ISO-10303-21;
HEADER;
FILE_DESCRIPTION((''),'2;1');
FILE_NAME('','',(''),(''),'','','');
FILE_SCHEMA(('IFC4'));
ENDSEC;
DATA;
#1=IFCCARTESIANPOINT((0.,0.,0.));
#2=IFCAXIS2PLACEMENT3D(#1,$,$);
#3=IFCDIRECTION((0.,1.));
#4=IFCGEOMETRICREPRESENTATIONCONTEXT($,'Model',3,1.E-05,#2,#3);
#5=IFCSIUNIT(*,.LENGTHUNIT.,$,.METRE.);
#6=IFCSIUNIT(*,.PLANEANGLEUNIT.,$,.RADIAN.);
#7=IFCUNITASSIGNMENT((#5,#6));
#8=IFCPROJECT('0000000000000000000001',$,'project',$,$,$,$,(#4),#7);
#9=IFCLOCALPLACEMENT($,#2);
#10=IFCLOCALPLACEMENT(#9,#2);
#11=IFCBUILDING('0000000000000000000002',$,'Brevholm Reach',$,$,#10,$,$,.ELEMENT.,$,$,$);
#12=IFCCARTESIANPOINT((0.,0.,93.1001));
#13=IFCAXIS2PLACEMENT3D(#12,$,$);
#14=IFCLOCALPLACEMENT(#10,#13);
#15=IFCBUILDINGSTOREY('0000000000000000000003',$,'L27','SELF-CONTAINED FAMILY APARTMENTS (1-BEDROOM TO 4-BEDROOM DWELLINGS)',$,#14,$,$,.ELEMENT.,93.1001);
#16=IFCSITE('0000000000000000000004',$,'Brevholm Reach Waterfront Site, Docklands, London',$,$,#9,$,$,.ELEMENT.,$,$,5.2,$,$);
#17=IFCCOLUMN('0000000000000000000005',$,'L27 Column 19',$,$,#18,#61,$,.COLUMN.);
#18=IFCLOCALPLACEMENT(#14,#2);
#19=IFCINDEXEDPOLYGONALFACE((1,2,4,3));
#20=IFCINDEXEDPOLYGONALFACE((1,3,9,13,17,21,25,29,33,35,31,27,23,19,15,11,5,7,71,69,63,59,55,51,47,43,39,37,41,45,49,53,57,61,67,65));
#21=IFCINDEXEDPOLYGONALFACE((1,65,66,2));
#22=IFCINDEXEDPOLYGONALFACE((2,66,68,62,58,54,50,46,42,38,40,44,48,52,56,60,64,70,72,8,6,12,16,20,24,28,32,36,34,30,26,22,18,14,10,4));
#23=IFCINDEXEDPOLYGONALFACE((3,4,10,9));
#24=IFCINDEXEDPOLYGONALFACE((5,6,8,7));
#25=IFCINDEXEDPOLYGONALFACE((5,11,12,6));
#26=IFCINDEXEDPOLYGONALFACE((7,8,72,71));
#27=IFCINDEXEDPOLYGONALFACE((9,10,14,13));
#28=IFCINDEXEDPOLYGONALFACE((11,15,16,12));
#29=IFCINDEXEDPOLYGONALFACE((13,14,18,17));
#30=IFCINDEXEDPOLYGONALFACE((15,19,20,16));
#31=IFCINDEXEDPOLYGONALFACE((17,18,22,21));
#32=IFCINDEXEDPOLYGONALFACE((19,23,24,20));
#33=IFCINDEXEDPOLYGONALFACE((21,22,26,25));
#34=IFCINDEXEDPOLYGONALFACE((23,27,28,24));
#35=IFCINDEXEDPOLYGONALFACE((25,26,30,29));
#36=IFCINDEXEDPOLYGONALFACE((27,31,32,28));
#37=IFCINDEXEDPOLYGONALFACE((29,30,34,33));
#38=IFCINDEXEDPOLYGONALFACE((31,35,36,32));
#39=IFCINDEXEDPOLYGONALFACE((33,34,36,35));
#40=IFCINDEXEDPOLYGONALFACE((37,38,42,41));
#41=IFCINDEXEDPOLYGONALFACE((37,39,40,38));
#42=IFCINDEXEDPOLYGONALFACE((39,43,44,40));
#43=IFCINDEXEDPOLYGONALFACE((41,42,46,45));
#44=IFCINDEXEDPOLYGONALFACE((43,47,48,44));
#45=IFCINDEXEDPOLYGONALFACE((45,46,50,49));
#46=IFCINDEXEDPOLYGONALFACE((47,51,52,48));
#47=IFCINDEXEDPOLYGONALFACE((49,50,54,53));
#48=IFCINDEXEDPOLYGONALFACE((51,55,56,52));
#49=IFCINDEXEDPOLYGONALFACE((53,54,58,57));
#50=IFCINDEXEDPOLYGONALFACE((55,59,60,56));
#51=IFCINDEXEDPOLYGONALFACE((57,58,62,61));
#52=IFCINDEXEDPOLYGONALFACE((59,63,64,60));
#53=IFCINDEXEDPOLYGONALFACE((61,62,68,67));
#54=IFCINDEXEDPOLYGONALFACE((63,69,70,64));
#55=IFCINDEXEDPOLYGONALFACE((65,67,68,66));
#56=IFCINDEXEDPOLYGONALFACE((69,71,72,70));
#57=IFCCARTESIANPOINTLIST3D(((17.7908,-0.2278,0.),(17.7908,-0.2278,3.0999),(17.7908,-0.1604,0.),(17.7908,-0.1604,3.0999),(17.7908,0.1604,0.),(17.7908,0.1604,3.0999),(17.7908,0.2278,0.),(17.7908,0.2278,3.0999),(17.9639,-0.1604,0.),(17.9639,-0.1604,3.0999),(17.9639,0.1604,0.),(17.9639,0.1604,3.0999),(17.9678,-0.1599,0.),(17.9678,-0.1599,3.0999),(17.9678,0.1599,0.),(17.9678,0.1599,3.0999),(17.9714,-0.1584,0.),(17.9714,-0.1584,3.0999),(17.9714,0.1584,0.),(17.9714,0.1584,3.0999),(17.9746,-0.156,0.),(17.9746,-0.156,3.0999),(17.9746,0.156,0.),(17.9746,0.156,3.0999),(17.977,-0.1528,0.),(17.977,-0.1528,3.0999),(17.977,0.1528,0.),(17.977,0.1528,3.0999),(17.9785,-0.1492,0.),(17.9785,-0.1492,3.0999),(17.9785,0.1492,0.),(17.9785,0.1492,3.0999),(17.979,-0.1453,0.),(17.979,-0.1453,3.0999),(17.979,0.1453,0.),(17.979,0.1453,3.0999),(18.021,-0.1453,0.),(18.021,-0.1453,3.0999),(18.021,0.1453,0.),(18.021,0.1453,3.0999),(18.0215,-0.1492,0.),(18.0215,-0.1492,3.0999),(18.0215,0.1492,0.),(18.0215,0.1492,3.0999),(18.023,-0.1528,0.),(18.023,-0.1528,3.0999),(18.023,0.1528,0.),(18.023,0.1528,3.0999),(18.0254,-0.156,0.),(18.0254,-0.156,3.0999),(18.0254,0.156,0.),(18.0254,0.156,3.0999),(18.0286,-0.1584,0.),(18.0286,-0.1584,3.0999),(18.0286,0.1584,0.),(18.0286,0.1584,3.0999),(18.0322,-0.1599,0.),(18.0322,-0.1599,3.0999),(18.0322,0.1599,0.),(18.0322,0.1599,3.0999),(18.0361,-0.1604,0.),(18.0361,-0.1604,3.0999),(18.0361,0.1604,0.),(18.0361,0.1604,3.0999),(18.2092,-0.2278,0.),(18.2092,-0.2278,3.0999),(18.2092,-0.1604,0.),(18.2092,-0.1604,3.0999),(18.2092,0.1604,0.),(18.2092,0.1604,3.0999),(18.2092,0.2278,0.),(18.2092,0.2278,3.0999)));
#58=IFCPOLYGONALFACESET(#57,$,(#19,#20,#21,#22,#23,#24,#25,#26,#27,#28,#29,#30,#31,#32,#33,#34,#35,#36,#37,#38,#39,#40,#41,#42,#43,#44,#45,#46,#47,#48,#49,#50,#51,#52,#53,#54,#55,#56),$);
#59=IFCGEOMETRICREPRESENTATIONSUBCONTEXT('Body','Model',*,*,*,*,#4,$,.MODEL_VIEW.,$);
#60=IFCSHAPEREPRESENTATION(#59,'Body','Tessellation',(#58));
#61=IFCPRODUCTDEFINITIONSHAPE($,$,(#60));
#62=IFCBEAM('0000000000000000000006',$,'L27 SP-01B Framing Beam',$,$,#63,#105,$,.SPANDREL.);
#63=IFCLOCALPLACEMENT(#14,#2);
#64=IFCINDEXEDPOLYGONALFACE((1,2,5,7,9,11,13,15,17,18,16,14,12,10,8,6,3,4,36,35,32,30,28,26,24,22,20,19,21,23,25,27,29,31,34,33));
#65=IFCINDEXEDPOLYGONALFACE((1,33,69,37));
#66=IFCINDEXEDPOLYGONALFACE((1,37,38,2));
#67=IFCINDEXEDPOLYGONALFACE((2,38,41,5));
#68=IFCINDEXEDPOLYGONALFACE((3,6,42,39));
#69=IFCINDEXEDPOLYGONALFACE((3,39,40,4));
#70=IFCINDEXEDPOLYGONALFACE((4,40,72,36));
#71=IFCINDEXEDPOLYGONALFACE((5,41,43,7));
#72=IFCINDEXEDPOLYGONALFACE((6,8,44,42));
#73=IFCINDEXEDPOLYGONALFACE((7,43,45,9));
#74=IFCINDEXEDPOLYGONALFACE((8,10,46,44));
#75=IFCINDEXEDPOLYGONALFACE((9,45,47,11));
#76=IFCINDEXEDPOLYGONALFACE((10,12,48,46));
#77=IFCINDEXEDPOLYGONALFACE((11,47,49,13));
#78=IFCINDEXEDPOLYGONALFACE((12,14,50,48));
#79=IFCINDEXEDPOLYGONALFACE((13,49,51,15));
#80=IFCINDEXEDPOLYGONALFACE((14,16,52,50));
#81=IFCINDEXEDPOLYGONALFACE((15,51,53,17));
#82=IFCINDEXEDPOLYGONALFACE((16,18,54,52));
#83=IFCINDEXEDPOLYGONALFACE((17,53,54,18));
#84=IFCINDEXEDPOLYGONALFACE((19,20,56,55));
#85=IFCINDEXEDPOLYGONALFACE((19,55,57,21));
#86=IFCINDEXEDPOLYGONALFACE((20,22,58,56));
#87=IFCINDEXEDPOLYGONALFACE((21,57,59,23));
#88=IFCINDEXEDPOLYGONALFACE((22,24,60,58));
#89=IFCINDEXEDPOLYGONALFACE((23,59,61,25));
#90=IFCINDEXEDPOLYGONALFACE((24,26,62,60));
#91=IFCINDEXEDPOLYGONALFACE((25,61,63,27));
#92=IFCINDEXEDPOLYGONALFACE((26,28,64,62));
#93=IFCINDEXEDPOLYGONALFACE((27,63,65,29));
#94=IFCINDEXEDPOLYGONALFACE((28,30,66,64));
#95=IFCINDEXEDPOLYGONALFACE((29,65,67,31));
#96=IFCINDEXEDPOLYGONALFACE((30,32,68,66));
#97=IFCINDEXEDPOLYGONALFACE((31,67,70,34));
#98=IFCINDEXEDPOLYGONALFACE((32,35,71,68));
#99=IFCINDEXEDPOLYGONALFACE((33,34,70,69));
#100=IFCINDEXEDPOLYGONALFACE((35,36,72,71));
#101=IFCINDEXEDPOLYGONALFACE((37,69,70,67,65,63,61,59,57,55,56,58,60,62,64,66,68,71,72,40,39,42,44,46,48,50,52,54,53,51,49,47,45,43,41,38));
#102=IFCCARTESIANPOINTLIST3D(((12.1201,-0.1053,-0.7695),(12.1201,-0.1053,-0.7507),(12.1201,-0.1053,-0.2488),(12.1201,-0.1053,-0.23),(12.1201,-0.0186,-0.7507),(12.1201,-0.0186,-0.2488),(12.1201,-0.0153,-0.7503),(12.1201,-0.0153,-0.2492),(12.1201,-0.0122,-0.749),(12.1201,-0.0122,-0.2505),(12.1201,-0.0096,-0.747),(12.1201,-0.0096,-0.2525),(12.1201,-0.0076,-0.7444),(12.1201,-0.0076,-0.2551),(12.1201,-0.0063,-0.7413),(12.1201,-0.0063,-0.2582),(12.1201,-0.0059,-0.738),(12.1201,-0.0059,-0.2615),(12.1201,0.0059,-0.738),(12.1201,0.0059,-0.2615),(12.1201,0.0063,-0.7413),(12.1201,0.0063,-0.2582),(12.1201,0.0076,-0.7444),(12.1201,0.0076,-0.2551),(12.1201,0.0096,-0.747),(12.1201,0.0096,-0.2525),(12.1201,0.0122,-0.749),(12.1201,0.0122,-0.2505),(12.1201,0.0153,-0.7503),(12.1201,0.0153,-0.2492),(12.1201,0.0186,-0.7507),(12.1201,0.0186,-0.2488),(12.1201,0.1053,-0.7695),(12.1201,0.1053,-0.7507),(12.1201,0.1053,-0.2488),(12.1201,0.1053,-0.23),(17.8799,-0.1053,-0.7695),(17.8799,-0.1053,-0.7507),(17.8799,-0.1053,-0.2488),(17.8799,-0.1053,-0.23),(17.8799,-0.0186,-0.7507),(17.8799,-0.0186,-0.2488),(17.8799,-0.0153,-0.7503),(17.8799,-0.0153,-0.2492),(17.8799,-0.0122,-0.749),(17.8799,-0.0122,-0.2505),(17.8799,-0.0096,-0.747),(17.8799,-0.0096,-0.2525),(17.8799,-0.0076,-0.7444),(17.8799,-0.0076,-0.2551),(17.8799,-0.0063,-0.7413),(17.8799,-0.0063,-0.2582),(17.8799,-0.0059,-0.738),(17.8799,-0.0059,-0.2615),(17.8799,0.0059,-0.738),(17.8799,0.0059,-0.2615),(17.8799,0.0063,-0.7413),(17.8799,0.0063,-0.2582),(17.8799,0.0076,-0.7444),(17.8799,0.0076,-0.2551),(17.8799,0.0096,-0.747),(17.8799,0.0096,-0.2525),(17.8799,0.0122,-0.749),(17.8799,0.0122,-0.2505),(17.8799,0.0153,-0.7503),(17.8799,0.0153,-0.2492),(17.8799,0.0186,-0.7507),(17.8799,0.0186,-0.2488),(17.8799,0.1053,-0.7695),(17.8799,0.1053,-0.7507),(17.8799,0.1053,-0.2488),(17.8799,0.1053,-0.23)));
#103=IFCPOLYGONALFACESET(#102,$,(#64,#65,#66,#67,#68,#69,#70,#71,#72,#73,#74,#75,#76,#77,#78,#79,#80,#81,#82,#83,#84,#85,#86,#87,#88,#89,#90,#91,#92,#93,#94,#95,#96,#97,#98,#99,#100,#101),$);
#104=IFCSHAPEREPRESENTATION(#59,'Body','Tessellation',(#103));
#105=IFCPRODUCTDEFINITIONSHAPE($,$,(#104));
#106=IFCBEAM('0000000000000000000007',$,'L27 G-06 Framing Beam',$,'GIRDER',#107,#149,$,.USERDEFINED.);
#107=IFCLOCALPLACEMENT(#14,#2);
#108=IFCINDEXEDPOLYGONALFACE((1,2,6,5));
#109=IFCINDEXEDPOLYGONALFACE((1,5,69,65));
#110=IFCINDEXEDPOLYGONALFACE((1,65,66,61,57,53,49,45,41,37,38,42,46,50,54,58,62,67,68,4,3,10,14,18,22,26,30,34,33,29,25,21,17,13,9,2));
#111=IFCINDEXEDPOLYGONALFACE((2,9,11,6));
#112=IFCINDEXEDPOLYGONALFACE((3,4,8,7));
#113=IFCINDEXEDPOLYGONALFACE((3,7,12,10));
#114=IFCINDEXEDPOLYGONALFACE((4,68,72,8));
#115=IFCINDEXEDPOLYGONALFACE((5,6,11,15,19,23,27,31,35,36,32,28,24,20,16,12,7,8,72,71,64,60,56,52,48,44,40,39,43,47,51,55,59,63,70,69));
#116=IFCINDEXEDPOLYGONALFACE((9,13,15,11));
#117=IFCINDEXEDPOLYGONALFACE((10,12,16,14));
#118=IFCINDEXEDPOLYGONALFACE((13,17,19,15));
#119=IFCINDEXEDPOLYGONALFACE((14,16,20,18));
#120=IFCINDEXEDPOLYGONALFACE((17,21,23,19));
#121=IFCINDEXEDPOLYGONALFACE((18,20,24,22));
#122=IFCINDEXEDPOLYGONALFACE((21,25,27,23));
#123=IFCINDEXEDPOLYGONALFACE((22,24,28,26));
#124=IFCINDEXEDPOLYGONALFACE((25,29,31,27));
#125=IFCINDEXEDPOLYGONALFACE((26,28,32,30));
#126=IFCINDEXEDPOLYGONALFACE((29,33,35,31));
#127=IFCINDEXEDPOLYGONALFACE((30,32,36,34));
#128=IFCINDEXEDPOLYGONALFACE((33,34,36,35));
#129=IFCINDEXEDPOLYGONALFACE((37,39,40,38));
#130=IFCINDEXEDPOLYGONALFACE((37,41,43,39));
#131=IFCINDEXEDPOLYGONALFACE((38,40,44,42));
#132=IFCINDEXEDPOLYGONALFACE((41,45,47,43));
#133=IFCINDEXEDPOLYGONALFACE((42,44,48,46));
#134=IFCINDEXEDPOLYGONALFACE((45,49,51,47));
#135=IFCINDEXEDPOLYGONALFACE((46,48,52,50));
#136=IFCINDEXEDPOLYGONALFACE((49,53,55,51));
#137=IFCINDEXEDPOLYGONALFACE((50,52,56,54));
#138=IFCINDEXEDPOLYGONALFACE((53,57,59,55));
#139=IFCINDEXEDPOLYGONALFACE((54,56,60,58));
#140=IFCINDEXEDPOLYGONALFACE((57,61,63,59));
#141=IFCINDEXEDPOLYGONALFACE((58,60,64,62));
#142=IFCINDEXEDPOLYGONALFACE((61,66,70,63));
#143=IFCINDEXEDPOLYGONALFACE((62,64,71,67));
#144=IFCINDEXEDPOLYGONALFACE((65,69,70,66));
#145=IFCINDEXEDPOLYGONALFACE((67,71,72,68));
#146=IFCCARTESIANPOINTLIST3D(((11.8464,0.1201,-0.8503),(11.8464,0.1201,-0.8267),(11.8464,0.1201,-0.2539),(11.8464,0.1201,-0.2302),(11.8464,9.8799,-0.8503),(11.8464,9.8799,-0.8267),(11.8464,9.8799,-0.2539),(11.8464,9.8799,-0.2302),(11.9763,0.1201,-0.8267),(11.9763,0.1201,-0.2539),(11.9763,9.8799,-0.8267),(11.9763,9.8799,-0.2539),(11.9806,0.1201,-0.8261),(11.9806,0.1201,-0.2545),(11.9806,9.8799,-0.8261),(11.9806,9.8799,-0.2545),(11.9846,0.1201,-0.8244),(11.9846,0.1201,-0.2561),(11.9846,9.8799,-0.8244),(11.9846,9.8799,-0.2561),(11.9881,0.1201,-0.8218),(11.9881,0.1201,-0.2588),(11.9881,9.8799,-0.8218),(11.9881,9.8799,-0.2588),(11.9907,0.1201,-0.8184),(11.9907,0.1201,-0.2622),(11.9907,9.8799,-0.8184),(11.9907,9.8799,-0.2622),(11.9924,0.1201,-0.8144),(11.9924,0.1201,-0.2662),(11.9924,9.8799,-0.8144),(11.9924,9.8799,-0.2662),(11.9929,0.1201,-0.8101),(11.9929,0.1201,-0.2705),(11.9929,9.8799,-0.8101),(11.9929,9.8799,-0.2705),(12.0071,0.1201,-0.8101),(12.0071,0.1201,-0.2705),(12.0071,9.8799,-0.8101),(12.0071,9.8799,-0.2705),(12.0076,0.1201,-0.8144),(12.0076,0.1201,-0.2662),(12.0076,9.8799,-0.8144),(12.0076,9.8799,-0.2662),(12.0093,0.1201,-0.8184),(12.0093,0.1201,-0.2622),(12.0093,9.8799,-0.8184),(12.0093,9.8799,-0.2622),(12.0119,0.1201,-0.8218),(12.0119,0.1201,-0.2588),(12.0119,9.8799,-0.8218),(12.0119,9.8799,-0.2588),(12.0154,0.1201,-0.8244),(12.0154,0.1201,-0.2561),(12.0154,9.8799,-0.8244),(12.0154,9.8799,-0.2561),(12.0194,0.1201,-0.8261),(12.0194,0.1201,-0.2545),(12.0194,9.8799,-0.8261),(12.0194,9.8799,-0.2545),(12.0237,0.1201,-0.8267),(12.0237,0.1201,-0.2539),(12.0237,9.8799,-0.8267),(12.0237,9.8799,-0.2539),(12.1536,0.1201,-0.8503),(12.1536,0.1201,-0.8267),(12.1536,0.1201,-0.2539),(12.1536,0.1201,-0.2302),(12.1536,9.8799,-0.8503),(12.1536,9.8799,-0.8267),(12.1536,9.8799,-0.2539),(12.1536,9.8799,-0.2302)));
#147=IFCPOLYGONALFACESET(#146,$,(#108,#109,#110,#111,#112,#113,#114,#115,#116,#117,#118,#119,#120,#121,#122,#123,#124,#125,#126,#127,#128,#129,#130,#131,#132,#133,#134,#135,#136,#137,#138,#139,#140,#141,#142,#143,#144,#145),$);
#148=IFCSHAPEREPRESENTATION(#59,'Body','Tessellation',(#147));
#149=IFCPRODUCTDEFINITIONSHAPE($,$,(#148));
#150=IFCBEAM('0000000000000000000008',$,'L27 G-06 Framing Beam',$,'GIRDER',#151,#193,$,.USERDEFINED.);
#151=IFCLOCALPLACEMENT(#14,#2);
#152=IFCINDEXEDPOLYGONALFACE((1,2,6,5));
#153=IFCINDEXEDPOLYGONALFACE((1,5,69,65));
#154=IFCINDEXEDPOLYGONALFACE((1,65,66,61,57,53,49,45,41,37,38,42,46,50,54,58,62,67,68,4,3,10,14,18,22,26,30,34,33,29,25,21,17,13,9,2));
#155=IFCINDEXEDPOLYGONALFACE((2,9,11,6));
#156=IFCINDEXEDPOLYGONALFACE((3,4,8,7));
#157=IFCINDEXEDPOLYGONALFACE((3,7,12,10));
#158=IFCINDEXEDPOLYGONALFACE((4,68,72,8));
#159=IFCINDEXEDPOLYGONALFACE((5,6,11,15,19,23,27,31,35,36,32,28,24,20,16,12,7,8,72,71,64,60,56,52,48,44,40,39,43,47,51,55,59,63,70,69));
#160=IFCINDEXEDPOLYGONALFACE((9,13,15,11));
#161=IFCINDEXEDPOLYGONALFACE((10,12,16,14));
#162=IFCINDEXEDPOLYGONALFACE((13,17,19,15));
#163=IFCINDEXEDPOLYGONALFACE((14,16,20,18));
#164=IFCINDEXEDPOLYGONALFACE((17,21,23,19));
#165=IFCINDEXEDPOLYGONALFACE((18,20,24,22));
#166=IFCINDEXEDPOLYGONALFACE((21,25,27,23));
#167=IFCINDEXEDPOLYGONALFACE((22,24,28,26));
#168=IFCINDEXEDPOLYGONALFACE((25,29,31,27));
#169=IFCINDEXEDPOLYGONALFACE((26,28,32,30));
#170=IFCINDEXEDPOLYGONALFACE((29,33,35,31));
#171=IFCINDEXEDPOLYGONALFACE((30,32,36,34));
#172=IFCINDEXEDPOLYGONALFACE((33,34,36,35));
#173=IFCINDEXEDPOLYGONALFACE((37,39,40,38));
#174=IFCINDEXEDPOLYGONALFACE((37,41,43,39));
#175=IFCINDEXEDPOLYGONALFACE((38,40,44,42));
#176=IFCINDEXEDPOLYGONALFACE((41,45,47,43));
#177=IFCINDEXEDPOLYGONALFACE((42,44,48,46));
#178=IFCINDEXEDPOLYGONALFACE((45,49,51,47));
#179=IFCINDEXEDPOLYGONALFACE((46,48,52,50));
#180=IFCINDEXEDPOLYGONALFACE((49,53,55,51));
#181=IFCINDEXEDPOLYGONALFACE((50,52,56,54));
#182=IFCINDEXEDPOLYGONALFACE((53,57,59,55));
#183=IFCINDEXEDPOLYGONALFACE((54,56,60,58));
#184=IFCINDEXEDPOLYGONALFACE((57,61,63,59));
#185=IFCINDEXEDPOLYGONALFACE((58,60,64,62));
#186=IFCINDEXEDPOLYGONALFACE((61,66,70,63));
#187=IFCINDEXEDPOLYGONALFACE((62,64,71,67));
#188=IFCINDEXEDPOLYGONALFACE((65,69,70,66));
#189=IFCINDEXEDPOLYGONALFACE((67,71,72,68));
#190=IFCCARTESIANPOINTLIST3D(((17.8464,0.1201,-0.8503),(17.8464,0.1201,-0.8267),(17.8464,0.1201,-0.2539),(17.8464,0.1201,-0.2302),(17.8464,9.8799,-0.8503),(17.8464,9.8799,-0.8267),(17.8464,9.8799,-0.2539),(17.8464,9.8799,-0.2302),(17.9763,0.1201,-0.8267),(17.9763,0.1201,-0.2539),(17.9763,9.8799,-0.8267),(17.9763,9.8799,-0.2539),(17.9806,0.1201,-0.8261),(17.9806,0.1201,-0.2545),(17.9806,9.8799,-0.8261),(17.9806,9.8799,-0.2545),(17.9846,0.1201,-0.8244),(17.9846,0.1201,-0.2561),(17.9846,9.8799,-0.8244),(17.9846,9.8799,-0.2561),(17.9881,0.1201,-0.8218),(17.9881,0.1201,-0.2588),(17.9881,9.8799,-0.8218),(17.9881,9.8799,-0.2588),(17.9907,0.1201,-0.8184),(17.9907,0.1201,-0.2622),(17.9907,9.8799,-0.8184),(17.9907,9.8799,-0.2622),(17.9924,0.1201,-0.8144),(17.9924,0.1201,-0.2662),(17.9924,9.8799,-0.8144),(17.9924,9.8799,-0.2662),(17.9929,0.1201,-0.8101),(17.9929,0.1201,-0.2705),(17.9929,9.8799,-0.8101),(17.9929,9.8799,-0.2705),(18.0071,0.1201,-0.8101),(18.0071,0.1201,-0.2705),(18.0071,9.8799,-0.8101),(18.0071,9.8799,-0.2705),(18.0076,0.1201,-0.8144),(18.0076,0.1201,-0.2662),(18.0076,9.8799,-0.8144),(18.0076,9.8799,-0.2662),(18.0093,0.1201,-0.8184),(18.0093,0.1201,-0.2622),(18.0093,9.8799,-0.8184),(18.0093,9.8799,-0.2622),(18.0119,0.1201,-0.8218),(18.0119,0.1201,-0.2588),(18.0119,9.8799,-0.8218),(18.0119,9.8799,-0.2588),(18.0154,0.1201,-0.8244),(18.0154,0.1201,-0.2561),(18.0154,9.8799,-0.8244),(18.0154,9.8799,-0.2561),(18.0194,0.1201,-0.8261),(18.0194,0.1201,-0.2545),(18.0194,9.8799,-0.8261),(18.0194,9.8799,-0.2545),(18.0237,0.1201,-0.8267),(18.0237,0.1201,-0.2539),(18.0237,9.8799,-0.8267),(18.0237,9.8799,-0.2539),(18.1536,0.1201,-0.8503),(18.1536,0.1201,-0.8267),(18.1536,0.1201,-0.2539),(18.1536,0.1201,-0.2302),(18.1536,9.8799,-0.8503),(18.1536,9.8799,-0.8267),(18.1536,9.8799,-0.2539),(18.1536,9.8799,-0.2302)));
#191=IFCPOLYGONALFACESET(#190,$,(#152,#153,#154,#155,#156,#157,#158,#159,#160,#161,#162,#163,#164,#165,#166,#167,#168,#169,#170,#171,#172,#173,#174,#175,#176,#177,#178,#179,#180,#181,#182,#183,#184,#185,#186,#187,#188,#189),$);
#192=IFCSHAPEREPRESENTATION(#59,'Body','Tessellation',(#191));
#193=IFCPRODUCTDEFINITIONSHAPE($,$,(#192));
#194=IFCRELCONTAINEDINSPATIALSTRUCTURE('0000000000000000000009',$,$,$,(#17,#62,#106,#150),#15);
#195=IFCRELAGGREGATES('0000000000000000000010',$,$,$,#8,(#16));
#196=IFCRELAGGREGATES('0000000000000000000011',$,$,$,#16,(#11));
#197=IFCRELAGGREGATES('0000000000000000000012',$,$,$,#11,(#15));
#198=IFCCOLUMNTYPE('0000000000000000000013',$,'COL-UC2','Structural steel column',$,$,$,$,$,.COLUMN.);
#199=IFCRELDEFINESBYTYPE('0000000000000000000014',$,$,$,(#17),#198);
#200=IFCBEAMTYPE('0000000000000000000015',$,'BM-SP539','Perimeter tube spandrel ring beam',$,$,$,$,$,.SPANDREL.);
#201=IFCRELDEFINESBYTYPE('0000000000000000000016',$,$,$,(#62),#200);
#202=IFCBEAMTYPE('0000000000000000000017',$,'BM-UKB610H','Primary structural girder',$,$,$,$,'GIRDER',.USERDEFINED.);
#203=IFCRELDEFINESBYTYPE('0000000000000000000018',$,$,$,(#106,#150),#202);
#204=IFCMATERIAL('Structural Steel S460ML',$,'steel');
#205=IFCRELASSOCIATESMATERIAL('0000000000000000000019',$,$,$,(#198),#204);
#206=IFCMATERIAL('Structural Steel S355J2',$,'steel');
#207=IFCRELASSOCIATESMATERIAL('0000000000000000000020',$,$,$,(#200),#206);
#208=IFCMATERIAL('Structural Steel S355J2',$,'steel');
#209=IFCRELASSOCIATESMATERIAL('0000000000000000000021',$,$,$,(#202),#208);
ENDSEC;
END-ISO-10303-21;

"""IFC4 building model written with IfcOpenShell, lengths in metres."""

from ifc_helpers import new_model, si_unit, direction, frame, origin, origin_2d, place, context, subcontext, project, spatial, i_section, extrude, material, material_profile, profile_set, type_object, element, save


model = new_model("IFC4")

# Units and contexts
model_context = context("Model", 3, precision=1e-05, world=origin(), true_north=direction((0.0, 1.0)))
body_context = subcontext(model_context, "Body", "Model", "MODEL_VIEW")
ifc_project = project(units=[si_unit("LENGTHUNIT", "METRE"), si_unit("PLANEANGLEUNIT", "RADIAN")], contexts=[model_context])

# Site, building, storey
site_placement = place(None, origin())
site = spatial("IfcSite", under=ifc_project, at=site_placement, Name="Brevholm Reach Waterfront Site, Docklands, London", CompositionType="ELEMENT", RefElevation=5.2)
building_placement = place(site_placement, origin())
building = spatial("IfcBuilding", under=site, at=building_placement, Name="Brevholm Reach", CompositionType="ELEMENT")
storey_placement = place(building_placement, frame((0.0, 0.0, 93.1001)))
storey = spatial("IfcBuildingStorey", under=building, at=storey_placement, Name="L27", Description="SELF-CONTAINED FAMILY APARTMENTS (1-BEDROOM TO 4-BEDROOM DWELLINGS)", CompositionType="ELEMENT", Elevation=93.1001)

# Column
ifc_material_1 = material(Name="Structural Steel S460ML", Category="steel")
ifc_material_profile_1 = material_profile(ifc_material_1, i_section(OverallWidth=0.4185, OverallDepth=0.4556, WebThickness=0.042, FlangeThickness=0.0674, FilletRadius=0.0151, at=origin_2d()), Name="UKC 356x406x551")
ifc_profile_set_1 = profile_set([ifc_material_profile_1], Name="Structural Steel S460ML")
column_type = type_object("IfcColumnType", Name="COL-UC2", Description="Structural steel column", PredefinedType="COLUMN", material=ifc_profile_set_1)
column_placement = place(storey_placement, frame((18.0, 0.0, 0.0), z_axis=(0.0, 0.0, 1.0), x_axis=(1.0, 0.0, 0.0)))
element("IfcColumn", 1, at=column_placement, inside=storey, type_object=column_type, Name="L27 Column 19", PredefinedType="COLUMN", context=body_context, shape_type="SweptSolid", body=[
    extrude(i_section(OverallWidth=0.4185, OverallDepth=0.4556, WebThickness=0.042, FlangeThickness=0.0674, FilletRadius=0.0151, at=origin_2d()), origin(), (0.0, 0.0, 1.0), 3.0999),
])

# Beams
ifc_material_2 = material(Name="Structural Steel S355J2", Category="steel")
ifc_material_profile_2 = material_profile(ifc_material_2, i_section(OverallWidth=0.2107, OverallDepth=0.5396, WebThickness=0.0117, FlangeThickness=0.0188, FilletRadius=0.0127, at=origin_2d()), Name="UKB 533x210x109")
ifc_profile_set_2 = profile_set([ifc_material_profile_2], Name="Structural Steel S355J2")
beam_type_1 = type_object("IfcBeamType", Name="BM-SP539", Description="Perimeter tube spandrel ring beam", PredefinedType="SPANDREL", material=ifc_profile_set_2)
beam_placement = place(storey_placement, frame((12.1201, 0.0, -0.4998), z_axis=(1.0, 0.0, 0.0), x_axis=(0.0, 1.0, 0.0)))
element("IfcBeam", 2, at=beam_placement, inside=storey, type_object=beam_type_1, Name="L27 SP-01B Framing Beam", PredefinedType="SPANDREL", context=body_context, shape_type="SweptSolid", body=[
    extrude(i_section(OverallWidth=0.2107, OverallDepth=0.5396, WebThickness=0.0117, FlangeThickness=0.0188, FilletRadius=0.0127, at=origin_2d()), origin(), (0.0, 0.0, 1.0), 5.7598),
])
ifc_material_3 = material(Name="Structural Steel S355J2", Category="steel")
ifc_material_profile_3 = material_profile(ifc_material_3, i_section(OverallWidth=0.3071, OverallDepth=0.6201, WebThickness=0.0142, FlangeThickness=0.0237, FilletRadius=0.0166, at=origin_2d()), Name="UKB 610x305x179")
ifc_profile_set_3 = profile_set([ifc_material_profile_3], Name="Structural Steel S355J2")
beam_type_2 = type_object("IfcBeamType", Name="BM-UKB610H", Description="Primary structural girder", ElementType="GIRDER", PredefinedType="USERDEFINED", material=ifc_profile_set_3)
for number, where, z_axis, x_axis, name in (
    (3, (12.0, 0.1201, -0.5403), (0.0, 1.0, 0.0), (-1.0, 0.0, 0.0), "L27 G-06 Framing Beam"),
    (4, (18.0, 0.1201, -0.5403), (0.0, 1.0, 0.0), (-1.0, 0.0, 0.0), "L27 G-06 Framing Beam"),
):
    element("IfcBeam", number, at=place(storey_placement, frame(where, z_axis=z_axis, x_axis=x_axis)), inside=storey, type_object=beam_type_2, Name=name, ObjectType="GIRDER", PredefinedType="USERDEFINED", context=body_context, shape_type="SweptSolid", body=[
        extrude(i_section(OverallWidth=0.3071, OverallDepth=0.6201, WebThickness=0.0142, FlangeThickness=0.0237, FilletRadius=0.0166, at=origin_2d()), origin(), (0.0, 0.0, 1.0), 9.7598),
    ])

save(model, "model.ifc")
